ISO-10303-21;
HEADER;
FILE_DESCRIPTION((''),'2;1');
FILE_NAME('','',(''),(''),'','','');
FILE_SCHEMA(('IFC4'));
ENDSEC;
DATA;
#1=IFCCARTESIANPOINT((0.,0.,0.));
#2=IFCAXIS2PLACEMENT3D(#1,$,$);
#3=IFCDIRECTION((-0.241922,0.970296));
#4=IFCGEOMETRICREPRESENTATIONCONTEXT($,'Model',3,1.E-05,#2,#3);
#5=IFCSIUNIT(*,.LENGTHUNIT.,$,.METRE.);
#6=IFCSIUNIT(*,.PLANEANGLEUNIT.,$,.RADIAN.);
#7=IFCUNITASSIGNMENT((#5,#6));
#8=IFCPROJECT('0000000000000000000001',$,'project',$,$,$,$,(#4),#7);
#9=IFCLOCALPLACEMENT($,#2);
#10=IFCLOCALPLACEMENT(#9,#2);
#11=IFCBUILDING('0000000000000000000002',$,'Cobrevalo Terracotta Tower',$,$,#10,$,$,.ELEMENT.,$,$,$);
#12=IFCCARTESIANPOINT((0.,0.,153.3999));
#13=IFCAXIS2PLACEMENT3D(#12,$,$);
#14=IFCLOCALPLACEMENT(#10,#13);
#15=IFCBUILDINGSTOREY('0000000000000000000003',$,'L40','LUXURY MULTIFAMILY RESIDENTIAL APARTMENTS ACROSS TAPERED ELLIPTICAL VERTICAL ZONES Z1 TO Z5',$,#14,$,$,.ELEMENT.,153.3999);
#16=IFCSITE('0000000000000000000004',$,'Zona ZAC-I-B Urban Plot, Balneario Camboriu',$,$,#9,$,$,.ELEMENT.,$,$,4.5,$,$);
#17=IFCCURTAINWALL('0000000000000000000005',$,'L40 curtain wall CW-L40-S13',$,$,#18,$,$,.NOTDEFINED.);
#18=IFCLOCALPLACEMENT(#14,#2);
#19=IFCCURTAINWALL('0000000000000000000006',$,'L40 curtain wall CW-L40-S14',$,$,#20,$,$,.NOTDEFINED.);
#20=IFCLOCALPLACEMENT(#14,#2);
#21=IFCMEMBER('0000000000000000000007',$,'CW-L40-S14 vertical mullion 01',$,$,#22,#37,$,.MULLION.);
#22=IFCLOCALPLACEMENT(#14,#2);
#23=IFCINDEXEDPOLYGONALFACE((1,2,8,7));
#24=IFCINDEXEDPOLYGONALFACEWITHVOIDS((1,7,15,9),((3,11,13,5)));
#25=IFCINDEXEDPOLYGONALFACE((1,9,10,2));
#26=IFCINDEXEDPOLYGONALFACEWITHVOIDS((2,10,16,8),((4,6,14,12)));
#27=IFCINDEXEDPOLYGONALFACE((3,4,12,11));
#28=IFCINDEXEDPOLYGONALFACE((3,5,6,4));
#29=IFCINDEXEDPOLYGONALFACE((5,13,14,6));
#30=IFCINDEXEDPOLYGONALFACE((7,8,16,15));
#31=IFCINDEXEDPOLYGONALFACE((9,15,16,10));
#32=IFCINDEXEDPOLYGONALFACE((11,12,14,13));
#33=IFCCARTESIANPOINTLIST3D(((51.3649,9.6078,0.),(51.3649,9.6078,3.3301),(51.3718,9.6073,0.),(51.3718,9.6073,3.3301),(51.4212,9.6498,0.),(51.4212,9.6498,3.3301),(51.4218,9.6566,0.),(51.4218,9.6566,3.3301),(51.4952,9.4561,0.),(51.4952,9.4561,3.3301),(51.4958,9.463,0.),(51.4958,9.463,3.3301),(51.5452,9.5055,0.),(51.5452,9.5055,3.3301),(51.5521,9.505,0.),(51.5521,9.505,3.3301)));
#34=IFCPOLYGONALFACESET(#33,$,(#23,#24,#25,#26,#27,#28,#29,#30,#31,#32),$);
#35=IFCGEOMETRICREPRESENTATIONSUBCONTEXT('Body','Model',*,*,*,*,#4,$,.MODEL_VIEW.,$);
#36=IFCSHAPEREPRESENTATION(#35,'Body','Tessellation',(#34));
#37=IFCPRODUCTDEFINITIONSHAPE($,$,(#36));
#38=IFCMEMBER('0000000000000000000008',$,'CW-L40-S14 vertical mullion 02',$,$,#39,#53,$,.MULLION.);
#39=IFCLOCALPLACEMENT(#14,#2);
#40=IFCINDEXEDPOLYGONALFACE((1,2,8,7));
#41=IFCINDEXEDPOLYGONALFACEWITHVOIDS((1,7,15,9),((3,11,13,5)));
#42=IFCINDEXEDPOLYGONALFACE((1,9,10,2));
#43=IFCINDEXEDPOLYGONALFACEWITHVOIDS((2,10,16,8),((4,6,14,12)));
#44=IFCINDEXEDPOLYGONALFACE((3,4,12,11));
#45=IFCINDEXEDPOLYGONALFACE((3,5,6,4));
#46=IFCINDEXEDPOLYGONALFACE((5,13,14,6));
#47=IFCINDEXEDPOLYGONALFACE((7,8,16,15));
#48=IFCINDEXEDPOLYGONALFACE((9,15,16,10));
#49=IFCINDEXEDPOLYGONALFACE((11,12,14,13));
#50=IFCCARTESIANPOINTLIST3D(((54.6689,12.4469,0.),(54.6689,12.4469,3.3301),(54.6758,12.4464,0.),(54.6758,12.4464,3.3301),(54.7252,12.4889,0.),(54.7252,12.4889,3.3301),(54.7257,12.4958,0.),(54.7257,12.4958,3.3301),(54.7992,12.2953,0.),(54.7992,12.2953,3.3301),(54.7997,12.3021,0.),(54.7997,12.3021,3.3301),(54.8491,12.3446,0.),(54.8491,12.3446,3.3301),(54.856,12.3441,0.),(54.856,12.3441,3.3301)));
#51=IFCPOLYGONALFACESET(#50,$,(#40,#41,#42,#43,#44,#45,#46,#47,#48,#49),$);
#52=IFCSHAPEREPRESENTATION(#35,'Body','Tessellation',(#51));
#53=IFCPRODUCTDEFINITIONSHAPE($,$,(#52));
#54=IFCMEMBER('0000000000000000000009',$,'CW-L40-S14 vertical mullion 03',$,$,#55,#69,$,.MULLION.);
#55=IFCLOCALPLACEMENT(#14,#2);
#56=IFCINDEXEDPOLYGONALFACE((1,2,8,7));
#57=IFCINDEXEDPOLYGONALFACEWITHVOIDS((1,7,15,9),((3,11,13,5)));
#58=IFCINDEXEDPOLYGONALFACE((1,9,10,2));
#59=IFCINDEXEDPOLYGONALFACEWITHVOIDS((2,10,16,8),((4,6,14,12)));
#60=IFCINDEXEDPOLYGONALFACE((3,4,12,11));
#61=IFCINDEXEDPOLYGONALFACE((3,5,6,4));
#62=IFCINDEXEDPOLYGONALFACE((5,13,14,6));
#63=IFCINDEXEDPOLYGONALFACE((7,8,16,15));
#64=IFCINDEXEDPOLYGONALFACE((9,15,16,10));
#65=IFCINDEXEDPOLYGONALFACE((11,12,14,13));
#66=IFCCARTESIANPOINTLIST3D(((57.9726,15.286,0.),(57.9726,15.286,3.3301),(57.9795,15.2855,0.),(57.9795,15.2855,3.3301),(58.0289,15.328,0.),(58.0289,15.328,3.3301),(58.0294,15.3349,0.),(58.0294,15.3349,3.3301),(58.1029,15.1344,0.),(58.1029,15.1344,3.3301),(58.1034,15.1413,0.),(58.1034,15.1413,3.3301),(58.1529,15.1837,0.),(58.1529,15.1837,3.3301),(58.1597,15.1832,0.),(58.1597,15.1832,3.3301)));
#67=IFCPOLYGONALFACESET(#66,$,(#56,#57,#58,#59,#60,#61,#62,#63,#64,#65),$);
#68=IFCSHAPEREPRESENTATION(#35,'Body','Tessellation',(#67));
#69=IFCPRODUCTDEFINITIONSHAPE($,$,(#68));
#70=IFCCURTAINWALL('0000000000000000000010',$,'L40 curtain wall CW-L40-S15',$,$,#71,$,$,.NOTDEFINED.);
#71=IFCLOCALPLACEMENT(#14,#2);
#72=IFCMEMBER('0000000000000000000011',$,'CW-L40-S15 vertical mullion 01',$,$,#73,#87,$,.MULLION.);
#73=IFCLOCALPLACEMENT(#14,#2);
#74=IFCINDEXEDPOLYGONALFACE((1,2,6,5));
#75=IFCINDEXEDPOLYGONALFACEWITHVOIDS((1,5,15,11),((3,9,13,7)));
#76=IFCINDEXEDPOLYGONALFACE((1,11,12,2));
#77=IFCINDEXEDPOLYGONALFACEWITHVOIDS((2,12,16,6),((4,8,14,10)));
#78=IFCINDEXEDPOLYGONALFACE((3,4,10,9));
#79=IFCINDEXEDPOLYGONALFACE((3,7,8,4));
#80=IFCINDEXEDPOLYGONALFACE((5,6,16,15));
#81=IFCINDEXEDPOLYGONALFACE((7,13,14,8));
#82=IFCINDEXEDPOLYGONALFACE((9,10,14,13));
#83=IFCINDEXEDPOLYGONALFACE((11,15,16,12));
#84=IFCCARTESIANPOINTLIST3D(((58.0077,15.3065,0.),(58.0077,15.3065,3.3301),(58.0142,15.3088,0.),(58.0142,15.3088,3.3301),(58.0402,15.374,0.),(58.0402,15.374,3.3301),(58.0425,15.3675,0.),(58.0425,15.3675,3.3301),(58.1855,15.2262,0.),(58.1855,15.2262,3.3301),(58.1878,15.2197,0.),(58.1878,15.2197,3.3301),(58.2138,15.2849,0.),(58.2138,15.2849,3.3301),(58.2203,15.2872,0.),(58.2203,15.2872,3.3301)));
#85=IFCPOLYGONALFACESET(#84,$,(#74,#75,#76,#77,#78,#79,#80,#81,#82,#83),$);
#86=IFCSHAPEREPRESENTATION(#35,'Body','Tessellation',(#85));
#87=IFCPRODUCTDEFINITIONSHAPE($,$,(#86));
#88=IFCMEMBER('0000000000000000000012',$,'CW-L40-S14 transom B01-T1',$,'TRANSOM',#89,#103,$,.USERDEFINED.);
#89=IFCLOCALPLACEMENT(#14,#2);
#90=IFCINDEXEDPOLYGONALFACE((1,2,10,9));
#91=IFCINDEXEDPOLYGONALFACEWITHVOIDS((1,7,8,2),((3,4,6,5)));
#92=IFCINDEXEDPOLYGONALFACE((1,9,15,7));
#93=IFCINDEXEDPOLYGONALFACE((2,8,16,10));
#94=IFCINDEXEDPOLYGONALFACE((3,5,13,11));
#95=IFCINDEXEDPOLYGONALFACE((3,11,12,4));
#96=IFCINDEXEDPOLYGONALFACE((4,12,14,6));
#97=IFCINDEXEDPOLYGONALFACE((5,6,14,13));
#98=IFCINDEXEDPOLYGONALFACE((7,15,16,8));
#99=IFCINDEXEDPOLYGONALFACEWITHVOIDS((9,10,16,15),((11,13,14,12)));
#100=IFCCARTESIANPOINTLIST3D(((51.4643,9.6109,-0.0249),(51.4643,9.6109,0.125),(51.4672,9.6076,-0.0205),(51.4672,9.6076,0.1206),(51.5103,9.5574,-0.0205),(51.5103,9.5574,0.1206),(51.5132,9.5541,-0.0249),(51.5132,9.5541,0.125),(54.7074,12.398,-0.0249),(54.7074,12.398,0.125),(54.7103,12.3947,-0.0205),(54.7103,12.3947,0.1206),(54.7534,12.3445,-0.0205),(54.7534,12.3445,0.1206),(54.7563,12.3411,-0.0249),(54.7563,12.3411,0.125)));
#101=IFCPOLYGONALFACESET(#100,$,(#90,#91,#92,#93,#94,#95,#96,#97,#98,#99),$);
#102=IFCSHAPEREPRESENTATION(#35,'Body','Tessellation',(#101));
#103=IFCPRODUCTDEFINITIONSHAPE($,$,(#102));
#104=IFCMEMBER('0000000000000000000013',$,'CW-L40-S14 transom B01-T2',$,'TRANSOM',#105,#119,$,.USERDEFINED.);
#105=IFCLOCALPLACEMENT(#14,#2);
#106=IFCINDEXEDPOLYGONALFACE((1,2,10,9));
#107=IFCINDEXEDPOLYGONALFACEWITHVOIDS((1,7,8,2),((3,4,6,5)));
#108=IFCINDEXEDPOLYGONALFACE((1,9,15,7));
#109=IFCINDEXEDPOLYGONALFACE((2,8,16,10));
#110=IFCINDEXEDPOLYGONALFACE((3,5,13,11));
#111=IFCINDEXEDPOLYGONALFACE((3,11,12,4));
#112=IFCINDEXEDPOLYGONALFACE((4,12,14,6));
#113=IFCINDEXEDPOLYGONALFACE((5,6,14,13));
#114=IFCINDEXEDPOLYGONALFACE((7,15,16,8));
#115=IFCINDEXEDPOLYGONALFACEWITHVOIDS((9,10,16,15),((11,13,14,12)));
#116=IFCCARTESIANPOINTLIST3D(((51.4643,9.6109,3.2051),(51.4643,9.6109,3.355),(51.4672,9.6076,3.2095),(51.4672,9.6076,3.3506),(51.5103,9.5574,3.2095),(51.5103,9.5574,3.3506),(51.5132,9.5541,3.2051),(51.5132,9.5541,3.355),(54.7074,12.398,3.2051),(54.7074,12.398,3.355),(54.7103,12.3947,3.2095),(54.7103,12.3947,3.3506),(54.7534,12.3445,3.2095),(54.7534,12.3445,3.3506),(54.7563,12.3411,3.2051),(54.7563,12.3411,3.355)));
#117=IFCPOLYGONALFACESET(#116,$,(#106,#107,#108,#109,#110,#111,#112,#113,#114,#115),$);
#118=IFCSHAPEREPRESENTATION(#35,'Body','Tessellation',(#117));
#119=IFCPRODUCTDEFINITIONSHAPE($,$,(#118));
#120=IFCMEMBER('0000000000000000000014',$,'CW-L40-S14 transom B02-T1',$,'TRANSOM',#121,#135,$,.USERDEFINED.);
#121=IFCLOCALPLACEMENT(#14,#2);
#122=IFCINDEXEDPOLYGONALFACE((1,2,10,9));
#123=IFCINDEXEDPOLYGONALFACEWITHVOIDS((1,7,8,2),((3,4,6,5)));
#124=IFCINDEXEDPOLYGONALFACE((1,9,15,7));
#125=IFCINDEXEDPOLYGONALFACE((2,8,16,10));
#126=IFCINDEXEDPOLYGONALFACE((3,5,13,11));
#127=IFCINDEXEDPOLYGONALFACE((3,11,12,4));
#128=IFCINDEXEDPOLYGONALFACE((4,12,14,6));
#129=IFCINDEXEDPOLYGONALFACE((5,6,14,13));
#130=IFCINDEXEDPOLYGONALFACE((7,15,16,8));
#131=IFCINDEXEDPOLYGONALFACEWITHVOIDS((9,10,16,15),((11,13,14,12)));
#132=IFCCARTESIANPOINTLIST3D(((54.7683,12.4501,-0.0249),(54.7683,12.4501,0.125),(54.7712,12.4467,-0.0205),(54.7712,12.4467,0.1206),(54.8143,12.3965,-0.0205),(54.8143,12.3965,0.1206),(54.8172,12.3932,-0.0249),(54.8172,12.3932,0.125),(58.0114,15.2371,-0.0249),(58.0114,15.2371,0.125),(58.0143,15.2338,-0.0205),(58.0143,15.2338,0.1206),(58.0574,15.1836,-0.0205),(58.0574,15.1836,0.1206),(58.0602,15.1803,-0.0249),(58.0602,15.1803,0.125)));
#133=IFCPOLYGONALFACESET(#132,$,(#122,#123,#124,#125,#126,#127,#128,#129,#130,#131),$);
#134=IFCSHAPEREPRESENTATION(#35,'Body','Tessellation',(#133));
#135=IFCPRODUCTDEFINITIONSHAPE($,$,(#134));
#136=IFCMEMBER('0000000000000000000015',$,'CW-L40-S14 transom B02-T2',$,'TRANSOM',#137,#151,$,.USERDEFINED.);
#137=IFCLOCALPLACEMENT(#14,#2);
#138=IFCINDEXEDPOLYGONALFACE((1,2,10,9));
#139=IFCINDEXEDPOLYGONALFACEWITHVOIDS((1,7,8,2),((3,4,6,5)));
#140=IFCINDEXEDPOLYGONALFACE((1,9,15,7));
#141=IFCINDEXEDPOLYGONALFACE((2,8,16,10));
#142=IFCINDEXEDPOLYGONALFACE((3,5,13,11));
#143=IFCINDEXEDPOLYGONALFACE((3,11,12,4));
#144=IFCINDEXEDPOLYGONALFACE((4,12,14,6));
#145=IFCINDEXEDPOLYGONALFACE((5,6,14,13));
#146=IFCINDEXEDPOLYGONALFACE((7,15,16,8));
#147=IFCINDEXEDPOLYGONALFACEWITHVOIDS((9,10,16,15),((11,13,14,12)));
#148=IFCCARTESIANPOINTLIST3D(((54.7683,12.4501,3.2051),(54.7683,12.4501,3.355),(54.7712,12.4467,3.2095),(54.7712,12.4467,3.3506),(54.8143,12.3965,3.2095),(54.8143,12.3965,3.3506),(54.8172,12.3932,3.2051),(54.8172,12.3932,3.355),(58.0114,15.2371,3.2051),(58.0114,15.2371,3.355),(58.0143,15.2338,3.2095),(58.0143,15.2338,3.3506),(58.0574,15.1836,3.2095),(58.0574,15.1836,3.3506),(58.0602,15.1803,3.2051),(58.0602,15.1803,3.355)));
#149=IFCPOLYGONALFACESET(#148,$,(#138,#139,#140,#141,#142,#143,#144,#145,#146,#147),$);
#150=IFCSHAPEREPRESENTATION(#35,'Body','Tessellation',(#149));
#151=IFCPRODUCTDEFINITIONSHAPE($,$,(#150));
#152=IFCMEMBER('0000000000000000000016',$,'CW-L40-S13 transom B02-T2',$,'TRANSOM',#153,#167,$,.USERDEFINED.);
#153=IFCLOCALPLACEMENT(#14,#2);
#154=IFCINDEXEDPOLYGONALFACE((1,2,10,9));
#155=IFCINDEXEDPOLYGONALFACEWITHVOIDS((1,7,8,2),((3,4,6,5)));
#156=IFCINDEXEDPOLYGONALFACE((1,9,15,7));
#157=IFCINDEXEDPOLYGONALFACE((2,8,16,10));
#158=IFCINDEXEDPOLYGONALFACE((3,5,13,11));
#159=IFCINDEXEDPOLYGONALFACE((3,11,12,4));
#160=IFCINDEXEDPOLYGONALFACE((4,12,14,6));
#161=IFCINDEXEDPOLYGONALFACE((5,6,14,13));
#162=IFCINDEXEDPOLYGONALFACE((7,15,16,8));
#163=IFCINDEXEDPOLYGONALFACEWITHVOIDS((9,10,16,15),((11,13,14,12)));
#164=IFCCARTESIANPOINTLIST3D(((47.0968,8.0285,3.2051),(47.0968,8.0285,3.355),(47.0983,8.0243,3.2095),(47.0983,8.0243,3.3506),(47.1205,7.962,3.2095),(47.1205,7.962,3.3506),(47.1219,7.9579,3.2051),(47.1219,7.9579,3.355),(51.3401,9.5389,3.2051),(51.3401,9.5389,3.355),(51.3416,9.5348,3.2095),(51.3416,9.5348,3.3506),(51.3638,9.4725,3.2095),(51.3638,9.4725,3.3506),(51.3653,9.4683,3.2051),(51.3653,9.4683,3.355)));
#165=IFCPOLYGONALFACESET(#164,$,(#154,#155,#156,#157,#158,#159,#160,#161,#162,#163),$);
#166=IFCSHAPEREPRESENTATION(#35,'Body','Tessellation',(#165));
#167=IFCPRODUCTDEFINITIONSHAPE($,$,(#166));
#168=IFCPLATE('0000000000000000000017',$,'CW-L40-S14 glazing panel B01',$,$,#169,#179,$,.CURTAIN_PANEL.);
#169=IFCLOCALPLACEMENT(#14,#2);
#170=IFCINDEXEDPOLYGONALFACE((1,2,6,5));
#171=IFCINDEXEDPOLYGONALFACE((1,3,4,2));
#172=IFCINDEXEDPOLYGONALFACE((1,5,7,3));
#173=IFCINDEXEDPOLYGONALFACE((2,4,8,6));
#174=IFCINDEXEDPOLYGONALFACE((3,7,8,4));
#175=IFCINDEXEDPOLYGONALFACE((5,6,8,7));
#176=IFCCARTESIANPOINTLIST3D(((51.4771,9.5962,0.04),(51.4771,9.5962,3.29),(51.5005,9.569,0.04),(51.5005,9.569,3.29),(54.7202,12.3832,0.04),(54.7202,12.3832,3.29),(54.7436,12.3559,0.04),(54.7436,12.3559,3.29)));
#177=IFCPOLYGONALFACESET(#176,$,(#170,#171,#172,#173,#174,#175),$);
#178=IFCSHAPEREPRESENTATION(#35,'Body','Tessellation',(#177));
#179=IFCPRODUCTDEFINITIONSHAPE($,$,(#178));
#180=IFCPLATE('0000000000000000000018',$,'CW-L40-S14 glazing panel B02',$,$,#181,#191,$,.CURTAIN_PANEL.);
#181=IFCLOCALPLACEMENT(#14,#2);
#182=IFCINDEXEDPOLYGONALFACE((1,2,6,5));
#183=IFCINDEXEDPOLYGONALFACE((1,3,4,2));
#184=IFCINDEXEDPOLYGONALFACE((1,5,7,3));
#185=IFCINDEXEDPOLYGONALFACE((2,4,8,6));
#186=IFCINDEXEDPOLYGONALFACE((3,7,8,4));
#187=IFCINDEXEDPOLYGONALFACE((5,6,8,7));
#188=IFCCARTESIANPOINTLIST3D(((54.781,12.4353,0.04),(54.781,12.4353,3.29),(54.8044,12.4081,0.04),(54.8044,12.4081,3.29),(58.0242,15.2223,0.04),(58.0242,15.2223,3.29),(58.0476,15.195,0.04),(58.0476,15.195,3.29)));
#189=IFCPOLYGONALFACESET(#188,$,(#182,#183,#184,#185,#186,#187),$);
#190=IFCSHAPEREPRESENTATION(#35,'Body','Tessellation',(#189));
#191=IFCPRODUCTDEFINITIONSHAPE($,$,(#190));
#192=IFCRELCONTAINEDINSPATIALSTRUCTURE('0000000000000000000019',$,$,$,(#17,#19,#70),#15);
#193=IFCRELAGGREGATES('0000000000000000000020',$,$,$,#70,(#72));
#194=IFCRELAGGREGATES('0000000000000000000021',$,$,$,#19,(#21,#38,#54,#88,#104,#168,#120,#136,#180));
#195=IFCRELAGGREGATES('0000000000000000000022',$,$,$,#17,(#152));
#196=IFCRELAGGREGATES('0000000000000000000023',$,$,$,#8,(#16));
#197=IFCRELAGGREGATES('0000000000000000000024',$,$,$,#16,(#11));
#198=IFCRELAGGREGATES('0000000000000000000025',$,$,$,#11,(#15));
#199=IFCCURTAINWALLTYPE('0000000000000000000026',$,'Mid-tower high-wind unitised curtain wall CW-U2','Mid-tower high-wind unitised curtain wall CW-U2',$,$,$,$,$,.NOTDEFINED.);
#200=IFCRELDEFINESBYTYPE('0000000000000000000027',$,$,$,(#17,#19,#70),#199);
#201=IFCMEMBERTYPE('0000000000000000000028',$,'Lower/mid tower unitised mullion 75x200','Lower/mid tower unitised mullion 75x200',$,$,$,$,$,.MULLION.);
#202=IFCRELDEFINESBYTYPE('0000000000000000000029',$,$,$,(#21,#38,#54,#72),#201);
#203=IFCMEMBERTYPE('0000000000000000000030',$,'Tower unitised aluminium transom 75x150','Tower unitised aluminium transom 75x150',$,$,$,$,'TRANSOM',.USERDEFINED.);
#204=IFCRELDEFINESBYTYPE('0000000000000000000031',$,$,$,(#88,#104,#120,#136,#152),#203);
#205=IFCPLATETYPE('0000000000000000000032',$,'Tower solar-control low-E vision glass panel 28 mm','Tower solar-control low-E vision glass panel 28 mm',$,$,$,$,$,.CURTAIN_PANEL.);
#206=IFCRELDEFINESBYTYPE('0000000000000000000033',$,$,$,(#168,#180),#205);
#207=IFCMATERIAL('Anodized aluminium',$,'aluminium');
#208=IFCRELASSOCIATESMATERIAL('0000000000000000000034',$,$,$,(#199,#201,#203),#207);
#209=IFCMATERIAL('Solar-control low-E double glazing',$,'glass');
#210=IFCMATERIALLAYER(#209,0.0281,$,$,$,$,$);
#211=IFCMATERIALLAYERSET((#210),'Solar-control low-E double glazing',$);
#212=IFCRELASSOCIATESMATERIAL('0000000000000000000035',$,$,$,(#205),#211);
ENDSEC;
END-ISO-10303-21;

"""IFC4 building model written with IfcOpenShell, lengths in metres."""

from ifc_helpers import new_model, si_unit, direction, frame, origin, origin_2d, place, context, subcontext, project, spatial, rectangle, hollow_rectangle, extrude, source, transform, mapped, material, layer, layer_set, material_profile, profile_set, type_object, element, aggregate, save


model = new_model("IFC4")

# Units and contexts
model_context = context("Model", 3, precision=1e-05, world=origin(), true_north=direction((-0.241922, 0.970296)))
body_context = subcontext(model_context, "Body", "Model", "MODEL_VIEW")
ifc_project = project(units=[si_unit("LENGTHUNIT", "METRE"), si_unit("PLANEANGLEUNIT", "RADIAN")], contexts=[model_context])

# Site, building, storey
site_placement = place(None, origin())
site = spatial("IfcSite", under=ifc_project, at=site_placement, Name="Zona ZAC-I-B Urban Plot, Balneario Camboriu", CompositionType="ELEMENT", RefElevation=4.5)
building_placement = place(site_placement, origin())
building = spatial("IfcBuilding", under=site, at=building_placement, Name="Cobrevalo Terracotta Tower", CompositionType="ELEMENT")
storey_placement = place(building_placement, frame((0.0, 0.0, 153.3999)))
storey = spatial("IfcBuildingStorey", under=building, at=storey_placement, Name="L40", Description="LUXURY MULTIFAMILY RESIDENTIAL APARTMENTS ACROSS TAPERED ELLIPTICAL VERTICAL ZONES Z1 TO Z5", CompositionType="ELEMENT", Elevation=153.3999)

# Curtain wall
ifc_material_1 = material(Name="Anodized aluminium", Category="aluminium")
curtain_wall_type = type_object("IfcCurtainWallType", Name="Mid-tower high-wind unitised curtain wall CW-U2", Description="Mid-tower high-wind unitised curtain wall CW-U2", PredefinedType="NOTDEFINED", material=ifc_material_1)
curtain_wall_1_placement = place(storey_placement, origin())
curtain_wall_1 = element("IfcCurtainWall", 1, at=curtain_wall_1_placement, inside=storey, type_object=curtain_wall_type, Name="L40 curtain wall CW-L40-S13", PredefinedType="NOTDEFINED")
ifc_material_profile_1 = material_profile(ifc_material_1, hollow_rectangle(XDim=0.075, YDim=0.2, WallThickness=0.0049, at=origin_2d()), Name="CWM 75x200")
ifc_profile_set_1 = profile_set([ifc_material_profile_1], Name="Anodized aluminium")
member_type_1 = type_object("IfcMemberType", Name="Lower/mid tower unitised mullion 75x200", Description="Lower/mid tower unitised mullion 75x200", PredefinedType="MULLION", material=ifc_profile_set_1)
shared_shape_1 = source(origin(), body_context, "Body", "SweptSolid", [
    extrude(hollow_rectangle(XDim=0.075, YDim=0.2, WallThickness=0.0049, at=origin_2d()), origin(), (0.0, 0.0, 1.0), 3.3301),
])

# Curtain wall, members
curtain_wall_2_placement = place(storey_placement, origin())
curtain_wall_2 = element("IfcCurtainWall", 2, at=curtain_wall_2_placement, inside=storey, type_object=curtain_wall_type, Name="L40 curtain wall CW-L40-S14", PredefinedType="NOTDEFINED")
member_1_placement = place(storey_placement, frame((51.4585, 9.5564, 0.0), z_axis=(0.0, 0.0, 1.0), x_axis=(0.758442, 0.651741, 0.0)))
member_1 = element("IfcMember", 3, at=member_1_placement, type_object=member_type_1, Name="CW-L40-S14 vertical mullion 01", PredefinedType="MULLION", context=body_context, shape_type="MappedRepresentation", body=[
    mapped(shared_shape_1, transform((0.0, 0.0, 0.0), scale=1.0)),
])
member_2_placement = place(storey_placement, frame((54.7625, 12.3955, 0.0), z_axis=(0.0, 0.0, 1.0), x_axis=(0.758442, 0.651741, 0.0)))
member_2 = element("IfcMember", 4, at=member_2_placement, type_object=member_type_1, Name="CW-L40-S14 vertical mullion 02", PredefinedType="MULLION", context=body_context, shape_type="MappedRepresentation", body=[
    mapped(shared_shape_1, transform((0.0, 0.0, 0.0), scale=1.0)),
])
member_3_placement = place(storey_placement, frame((58.0662, 15.2346, 0.0), z_axis=(0.0, 0.0, 1.0), x_axis=(0.758442, 0.651741, 0.0)))
member_3 = element("IfcMember", 5, at=member_3_placement, type_object=member_type_1, Name="CW-L40-S14 vertical mullion 03", PredefinedType="MULLION", context=body_context, shape_type="MappedRepresentation", body=[
    mapped(shared_shape_1, transform((0.0, 0.0, 0.0), scale=1.0)),
])

# Curtain wall, member
curtain_wall_3_placement = place(storey_placement, origin())
curtain_wall_3 = element("IfcCurtainWall", 6, at=curtain_wall_3_placement, inside=storey, type_object=curtain_wall_type, Name="L40 curtain wall CW-L40-S15", PredefinedType="NOTDEFINED")
member_4_placement = place(storey_placement, frame((58.114, 15.2969, 0.0), z_axis=(0.0, 0.0, 1.0), x_axis=(0.434209, 0.900812, 0.0)))
member_4 = element("IfcMember", 7, at=member_4_placement, type_object=member_type_1, Name="CW-L40-S15 vertical mullion 01", PredefinedType="MULLION", context=body_context, shape_type="MappedRepresentation", body=[
    mapped(shared_shape_1, transform((0.0, 0.0, 0.0), scale=1.0)),
])
aggregate(curtain_wall_3, [member_4])

# Members
ifc_material_profile_2 = material_profile(ifc_material_1, hollow_rectangle(XDim=0.075, YDim=0.1499, WallThickness=0.0044, at=origin_2d()), Name="CWT 75x150")
ifc_profile_set_2 = profile_set([ifc_material_profile_2], Name="Anodized aluminium")
member_type_2 = type_object("IfcMemberType", Name="Tower unitised aluminium transom 75x150", Description="Tower unitised aluminium transom 75x150", ElementType="TRANSOM", PredefinedType="USERDEFINED", material=ifc_profile_set_2)
shared_shape_2 = source(origin(), body_context, "Body", "SweptSolid", [
    extrude(hollow_rectangle(XDim=0.075, YDim=0.1499, WallThickness=0.0044, at=origin_2d()), origin(), (0.0, 0.0, 1.0), 4.2761),
])
member_5_placement = place(storey_placement, frame((51.4888, 9.5825, 0.05), z_axis=(0.758418, 0.651769, 0.0), x_axis=(-0.651769, 0.758418, 0.0)))
member_5 = element("IfcMember", 8, at=member_5_placement, type_object=member_type_2, Name="CW-L40-S14 transom B01-T1", ObjectType="TRANSOM", PredefinedType="USERDEFINED", context=body_context, shape_type="MappedRepresentation", body=[
    mapped(shared_shape_2, transform((0.0, 0.0, 0.0), scale=1.0)),
])
member_6_placement = place(storey_placement, frame((51.4888, 9.5825, 3.28), z_axis=(0.758418, 0.651769, 0.0), x_axis=(-0.651769, 0.758418, 0.0)))
member_6 = element("IfcMember", 9, at=member_6_placement, type_object=member_type_2, Name="CW-L40-S14 transom B01-T2", ObjectType="TRANSOM", PredefinedType="USERDEFINED", context=body_context, shape_type="MappedRepresentation", body=[
    mapped(shared_shape_2, transform((0.0, 0.0, 0.0), scale=1.0)),
])
member_7_placement = place(storey_placement, frame((54.7927, 12.4216, 0.05), z_axis=(0.758418, 0.651769, 0.0), x_axis=(-0.651769, 0.758418, 0.0)))
member_7 = element("IfcMember", 10, at=member_7_placement, type_object=member_type_2, Name="CW-L40-S14 transom B02-T1", ObjectType="TRANSOM", PredefinedType="USERDEFINED", context=body_context, shape_type="MappedRepresentation", body=[
    mapped(shared_shape_2, transform((0.0, 0.0, 0.0), scale=1.0)),
])
member_8_placement = place(storey_placement, frame((54.7927, 12.4216, 3.28), z_axis=(0.758418, 0.651769, 0.0), x_axis=(-0.651769, 0.758418, 0.0)))
member_8 = element("IfcMember", 11, at=member_8_placement, type_object=member_type_2, Name="CW-L40-S14 transom B02-T2", ObjectType="TRANSOM", PredefinedType="USERDEFINED", context=body_context, shape_type="MappedRepresentation", body=[
    mapped(shared_shape_2, transform((0.0, 0.0, 0.0), scale=1.0)),
])
shared_shape_3 = source(origin(), body_context, "Body", "SweptSolid", [
    extrude(hollow_rectangle(XDim=0.075, YDim=0.1499, WallThickness=0.0044, at=origin_2d()), origin(), (0.0, 0.0, 1.0), 4.5042),
])
member_9_placement = place(storey_placement, frame((47.1094, 7.9932, 3.28), z_axis=(0.942093, 0.335351, 0.0), x_axis=(-0.335351, 0.942093, 0.0)))
member_9 = element("IfcMember", 12, at=member_9_placement, type_object=member_type_2, Name="CW-L40-S13 transom B02-T2", ObjectType="TRANSOM", PredefinedType="USERDEFINED", context=body_context, shape_type="MappedRepresentation", body=[
    mapped(shared_shape_3, transform((0.0, 0.0, 0.0), scale=1.0)),
])

# Plates
ifc_material_2 = material(Name="Solar-control low-E double glazing", Category="glass")
ifc_layer_1 = layer(ifc_material_2, 0.0281)
ifc_layer_set_1 = layer_set([ifc_layer_1], Name="Solar-control low-E double glazing")
plate_type = type_object("IfcPlateType", Name="Tower solar-control low-E vision glass panel 28 mm", Description="Tower solar-control low-E vision glass panel 28 mm", PredefinedType="CURTAIN_PANEL", material=ifc_layer_set_1)
shared_shape_4 = source(origin(), body_context, "Body", "SweptSolid", [
    extrude(rectangle(XDim=4.2761, YDim=0.0359, at=origin_2d()), origin(), (0.0, 0.0, 1.0), 3.25),
])
plate_1_placement = place(storey_placement, frame((53.1104, 10.9761, 0.04), z_axis=(0.0, 0.0, 1.0), x_axis=(0.758437, 0.651746, 0.0)))
plate_1 = element("IfcPlate", 13, at=plate_1_placement, type_object=plate_type, Name="CW-L40-S14 glazing panel B01", PredefinedType="CURTAIN_PANEL", context=body_context, shape_type="MappedRepresentation", body=[
    mapped(shared_shape_4, transform((0.0, 0.0, 0.0), scale=1.0)),
])
plate_2_placement = place(storey_placement, frame((56.4143, 13.8152, 0.04), z_axis=(0.0, 0.0, 1.0), x_axis=(0.758437, 0.651746, 0.0)))
plate_2 = element("IfcPlate", 14, at=plate_2_placement, type_object=plate_type, Name="CW-L40-S14 glazing panel B02", PredefinedType="CURTAIN_PANEL", context=body_context, shape_type="MappedRepresentation", body=[
    mapped(shared_shape_4, transform((0.0, 0.0, 0.0), scale=1.0)),
])
aggregate(curtain_wall_2, [member_1, member_2, member_3, member_5, member_6, plate_1, member_7, member_8, plate_2])
aggregate(curtain_wall_1, [member_9])

save(model, "model.ifc")
